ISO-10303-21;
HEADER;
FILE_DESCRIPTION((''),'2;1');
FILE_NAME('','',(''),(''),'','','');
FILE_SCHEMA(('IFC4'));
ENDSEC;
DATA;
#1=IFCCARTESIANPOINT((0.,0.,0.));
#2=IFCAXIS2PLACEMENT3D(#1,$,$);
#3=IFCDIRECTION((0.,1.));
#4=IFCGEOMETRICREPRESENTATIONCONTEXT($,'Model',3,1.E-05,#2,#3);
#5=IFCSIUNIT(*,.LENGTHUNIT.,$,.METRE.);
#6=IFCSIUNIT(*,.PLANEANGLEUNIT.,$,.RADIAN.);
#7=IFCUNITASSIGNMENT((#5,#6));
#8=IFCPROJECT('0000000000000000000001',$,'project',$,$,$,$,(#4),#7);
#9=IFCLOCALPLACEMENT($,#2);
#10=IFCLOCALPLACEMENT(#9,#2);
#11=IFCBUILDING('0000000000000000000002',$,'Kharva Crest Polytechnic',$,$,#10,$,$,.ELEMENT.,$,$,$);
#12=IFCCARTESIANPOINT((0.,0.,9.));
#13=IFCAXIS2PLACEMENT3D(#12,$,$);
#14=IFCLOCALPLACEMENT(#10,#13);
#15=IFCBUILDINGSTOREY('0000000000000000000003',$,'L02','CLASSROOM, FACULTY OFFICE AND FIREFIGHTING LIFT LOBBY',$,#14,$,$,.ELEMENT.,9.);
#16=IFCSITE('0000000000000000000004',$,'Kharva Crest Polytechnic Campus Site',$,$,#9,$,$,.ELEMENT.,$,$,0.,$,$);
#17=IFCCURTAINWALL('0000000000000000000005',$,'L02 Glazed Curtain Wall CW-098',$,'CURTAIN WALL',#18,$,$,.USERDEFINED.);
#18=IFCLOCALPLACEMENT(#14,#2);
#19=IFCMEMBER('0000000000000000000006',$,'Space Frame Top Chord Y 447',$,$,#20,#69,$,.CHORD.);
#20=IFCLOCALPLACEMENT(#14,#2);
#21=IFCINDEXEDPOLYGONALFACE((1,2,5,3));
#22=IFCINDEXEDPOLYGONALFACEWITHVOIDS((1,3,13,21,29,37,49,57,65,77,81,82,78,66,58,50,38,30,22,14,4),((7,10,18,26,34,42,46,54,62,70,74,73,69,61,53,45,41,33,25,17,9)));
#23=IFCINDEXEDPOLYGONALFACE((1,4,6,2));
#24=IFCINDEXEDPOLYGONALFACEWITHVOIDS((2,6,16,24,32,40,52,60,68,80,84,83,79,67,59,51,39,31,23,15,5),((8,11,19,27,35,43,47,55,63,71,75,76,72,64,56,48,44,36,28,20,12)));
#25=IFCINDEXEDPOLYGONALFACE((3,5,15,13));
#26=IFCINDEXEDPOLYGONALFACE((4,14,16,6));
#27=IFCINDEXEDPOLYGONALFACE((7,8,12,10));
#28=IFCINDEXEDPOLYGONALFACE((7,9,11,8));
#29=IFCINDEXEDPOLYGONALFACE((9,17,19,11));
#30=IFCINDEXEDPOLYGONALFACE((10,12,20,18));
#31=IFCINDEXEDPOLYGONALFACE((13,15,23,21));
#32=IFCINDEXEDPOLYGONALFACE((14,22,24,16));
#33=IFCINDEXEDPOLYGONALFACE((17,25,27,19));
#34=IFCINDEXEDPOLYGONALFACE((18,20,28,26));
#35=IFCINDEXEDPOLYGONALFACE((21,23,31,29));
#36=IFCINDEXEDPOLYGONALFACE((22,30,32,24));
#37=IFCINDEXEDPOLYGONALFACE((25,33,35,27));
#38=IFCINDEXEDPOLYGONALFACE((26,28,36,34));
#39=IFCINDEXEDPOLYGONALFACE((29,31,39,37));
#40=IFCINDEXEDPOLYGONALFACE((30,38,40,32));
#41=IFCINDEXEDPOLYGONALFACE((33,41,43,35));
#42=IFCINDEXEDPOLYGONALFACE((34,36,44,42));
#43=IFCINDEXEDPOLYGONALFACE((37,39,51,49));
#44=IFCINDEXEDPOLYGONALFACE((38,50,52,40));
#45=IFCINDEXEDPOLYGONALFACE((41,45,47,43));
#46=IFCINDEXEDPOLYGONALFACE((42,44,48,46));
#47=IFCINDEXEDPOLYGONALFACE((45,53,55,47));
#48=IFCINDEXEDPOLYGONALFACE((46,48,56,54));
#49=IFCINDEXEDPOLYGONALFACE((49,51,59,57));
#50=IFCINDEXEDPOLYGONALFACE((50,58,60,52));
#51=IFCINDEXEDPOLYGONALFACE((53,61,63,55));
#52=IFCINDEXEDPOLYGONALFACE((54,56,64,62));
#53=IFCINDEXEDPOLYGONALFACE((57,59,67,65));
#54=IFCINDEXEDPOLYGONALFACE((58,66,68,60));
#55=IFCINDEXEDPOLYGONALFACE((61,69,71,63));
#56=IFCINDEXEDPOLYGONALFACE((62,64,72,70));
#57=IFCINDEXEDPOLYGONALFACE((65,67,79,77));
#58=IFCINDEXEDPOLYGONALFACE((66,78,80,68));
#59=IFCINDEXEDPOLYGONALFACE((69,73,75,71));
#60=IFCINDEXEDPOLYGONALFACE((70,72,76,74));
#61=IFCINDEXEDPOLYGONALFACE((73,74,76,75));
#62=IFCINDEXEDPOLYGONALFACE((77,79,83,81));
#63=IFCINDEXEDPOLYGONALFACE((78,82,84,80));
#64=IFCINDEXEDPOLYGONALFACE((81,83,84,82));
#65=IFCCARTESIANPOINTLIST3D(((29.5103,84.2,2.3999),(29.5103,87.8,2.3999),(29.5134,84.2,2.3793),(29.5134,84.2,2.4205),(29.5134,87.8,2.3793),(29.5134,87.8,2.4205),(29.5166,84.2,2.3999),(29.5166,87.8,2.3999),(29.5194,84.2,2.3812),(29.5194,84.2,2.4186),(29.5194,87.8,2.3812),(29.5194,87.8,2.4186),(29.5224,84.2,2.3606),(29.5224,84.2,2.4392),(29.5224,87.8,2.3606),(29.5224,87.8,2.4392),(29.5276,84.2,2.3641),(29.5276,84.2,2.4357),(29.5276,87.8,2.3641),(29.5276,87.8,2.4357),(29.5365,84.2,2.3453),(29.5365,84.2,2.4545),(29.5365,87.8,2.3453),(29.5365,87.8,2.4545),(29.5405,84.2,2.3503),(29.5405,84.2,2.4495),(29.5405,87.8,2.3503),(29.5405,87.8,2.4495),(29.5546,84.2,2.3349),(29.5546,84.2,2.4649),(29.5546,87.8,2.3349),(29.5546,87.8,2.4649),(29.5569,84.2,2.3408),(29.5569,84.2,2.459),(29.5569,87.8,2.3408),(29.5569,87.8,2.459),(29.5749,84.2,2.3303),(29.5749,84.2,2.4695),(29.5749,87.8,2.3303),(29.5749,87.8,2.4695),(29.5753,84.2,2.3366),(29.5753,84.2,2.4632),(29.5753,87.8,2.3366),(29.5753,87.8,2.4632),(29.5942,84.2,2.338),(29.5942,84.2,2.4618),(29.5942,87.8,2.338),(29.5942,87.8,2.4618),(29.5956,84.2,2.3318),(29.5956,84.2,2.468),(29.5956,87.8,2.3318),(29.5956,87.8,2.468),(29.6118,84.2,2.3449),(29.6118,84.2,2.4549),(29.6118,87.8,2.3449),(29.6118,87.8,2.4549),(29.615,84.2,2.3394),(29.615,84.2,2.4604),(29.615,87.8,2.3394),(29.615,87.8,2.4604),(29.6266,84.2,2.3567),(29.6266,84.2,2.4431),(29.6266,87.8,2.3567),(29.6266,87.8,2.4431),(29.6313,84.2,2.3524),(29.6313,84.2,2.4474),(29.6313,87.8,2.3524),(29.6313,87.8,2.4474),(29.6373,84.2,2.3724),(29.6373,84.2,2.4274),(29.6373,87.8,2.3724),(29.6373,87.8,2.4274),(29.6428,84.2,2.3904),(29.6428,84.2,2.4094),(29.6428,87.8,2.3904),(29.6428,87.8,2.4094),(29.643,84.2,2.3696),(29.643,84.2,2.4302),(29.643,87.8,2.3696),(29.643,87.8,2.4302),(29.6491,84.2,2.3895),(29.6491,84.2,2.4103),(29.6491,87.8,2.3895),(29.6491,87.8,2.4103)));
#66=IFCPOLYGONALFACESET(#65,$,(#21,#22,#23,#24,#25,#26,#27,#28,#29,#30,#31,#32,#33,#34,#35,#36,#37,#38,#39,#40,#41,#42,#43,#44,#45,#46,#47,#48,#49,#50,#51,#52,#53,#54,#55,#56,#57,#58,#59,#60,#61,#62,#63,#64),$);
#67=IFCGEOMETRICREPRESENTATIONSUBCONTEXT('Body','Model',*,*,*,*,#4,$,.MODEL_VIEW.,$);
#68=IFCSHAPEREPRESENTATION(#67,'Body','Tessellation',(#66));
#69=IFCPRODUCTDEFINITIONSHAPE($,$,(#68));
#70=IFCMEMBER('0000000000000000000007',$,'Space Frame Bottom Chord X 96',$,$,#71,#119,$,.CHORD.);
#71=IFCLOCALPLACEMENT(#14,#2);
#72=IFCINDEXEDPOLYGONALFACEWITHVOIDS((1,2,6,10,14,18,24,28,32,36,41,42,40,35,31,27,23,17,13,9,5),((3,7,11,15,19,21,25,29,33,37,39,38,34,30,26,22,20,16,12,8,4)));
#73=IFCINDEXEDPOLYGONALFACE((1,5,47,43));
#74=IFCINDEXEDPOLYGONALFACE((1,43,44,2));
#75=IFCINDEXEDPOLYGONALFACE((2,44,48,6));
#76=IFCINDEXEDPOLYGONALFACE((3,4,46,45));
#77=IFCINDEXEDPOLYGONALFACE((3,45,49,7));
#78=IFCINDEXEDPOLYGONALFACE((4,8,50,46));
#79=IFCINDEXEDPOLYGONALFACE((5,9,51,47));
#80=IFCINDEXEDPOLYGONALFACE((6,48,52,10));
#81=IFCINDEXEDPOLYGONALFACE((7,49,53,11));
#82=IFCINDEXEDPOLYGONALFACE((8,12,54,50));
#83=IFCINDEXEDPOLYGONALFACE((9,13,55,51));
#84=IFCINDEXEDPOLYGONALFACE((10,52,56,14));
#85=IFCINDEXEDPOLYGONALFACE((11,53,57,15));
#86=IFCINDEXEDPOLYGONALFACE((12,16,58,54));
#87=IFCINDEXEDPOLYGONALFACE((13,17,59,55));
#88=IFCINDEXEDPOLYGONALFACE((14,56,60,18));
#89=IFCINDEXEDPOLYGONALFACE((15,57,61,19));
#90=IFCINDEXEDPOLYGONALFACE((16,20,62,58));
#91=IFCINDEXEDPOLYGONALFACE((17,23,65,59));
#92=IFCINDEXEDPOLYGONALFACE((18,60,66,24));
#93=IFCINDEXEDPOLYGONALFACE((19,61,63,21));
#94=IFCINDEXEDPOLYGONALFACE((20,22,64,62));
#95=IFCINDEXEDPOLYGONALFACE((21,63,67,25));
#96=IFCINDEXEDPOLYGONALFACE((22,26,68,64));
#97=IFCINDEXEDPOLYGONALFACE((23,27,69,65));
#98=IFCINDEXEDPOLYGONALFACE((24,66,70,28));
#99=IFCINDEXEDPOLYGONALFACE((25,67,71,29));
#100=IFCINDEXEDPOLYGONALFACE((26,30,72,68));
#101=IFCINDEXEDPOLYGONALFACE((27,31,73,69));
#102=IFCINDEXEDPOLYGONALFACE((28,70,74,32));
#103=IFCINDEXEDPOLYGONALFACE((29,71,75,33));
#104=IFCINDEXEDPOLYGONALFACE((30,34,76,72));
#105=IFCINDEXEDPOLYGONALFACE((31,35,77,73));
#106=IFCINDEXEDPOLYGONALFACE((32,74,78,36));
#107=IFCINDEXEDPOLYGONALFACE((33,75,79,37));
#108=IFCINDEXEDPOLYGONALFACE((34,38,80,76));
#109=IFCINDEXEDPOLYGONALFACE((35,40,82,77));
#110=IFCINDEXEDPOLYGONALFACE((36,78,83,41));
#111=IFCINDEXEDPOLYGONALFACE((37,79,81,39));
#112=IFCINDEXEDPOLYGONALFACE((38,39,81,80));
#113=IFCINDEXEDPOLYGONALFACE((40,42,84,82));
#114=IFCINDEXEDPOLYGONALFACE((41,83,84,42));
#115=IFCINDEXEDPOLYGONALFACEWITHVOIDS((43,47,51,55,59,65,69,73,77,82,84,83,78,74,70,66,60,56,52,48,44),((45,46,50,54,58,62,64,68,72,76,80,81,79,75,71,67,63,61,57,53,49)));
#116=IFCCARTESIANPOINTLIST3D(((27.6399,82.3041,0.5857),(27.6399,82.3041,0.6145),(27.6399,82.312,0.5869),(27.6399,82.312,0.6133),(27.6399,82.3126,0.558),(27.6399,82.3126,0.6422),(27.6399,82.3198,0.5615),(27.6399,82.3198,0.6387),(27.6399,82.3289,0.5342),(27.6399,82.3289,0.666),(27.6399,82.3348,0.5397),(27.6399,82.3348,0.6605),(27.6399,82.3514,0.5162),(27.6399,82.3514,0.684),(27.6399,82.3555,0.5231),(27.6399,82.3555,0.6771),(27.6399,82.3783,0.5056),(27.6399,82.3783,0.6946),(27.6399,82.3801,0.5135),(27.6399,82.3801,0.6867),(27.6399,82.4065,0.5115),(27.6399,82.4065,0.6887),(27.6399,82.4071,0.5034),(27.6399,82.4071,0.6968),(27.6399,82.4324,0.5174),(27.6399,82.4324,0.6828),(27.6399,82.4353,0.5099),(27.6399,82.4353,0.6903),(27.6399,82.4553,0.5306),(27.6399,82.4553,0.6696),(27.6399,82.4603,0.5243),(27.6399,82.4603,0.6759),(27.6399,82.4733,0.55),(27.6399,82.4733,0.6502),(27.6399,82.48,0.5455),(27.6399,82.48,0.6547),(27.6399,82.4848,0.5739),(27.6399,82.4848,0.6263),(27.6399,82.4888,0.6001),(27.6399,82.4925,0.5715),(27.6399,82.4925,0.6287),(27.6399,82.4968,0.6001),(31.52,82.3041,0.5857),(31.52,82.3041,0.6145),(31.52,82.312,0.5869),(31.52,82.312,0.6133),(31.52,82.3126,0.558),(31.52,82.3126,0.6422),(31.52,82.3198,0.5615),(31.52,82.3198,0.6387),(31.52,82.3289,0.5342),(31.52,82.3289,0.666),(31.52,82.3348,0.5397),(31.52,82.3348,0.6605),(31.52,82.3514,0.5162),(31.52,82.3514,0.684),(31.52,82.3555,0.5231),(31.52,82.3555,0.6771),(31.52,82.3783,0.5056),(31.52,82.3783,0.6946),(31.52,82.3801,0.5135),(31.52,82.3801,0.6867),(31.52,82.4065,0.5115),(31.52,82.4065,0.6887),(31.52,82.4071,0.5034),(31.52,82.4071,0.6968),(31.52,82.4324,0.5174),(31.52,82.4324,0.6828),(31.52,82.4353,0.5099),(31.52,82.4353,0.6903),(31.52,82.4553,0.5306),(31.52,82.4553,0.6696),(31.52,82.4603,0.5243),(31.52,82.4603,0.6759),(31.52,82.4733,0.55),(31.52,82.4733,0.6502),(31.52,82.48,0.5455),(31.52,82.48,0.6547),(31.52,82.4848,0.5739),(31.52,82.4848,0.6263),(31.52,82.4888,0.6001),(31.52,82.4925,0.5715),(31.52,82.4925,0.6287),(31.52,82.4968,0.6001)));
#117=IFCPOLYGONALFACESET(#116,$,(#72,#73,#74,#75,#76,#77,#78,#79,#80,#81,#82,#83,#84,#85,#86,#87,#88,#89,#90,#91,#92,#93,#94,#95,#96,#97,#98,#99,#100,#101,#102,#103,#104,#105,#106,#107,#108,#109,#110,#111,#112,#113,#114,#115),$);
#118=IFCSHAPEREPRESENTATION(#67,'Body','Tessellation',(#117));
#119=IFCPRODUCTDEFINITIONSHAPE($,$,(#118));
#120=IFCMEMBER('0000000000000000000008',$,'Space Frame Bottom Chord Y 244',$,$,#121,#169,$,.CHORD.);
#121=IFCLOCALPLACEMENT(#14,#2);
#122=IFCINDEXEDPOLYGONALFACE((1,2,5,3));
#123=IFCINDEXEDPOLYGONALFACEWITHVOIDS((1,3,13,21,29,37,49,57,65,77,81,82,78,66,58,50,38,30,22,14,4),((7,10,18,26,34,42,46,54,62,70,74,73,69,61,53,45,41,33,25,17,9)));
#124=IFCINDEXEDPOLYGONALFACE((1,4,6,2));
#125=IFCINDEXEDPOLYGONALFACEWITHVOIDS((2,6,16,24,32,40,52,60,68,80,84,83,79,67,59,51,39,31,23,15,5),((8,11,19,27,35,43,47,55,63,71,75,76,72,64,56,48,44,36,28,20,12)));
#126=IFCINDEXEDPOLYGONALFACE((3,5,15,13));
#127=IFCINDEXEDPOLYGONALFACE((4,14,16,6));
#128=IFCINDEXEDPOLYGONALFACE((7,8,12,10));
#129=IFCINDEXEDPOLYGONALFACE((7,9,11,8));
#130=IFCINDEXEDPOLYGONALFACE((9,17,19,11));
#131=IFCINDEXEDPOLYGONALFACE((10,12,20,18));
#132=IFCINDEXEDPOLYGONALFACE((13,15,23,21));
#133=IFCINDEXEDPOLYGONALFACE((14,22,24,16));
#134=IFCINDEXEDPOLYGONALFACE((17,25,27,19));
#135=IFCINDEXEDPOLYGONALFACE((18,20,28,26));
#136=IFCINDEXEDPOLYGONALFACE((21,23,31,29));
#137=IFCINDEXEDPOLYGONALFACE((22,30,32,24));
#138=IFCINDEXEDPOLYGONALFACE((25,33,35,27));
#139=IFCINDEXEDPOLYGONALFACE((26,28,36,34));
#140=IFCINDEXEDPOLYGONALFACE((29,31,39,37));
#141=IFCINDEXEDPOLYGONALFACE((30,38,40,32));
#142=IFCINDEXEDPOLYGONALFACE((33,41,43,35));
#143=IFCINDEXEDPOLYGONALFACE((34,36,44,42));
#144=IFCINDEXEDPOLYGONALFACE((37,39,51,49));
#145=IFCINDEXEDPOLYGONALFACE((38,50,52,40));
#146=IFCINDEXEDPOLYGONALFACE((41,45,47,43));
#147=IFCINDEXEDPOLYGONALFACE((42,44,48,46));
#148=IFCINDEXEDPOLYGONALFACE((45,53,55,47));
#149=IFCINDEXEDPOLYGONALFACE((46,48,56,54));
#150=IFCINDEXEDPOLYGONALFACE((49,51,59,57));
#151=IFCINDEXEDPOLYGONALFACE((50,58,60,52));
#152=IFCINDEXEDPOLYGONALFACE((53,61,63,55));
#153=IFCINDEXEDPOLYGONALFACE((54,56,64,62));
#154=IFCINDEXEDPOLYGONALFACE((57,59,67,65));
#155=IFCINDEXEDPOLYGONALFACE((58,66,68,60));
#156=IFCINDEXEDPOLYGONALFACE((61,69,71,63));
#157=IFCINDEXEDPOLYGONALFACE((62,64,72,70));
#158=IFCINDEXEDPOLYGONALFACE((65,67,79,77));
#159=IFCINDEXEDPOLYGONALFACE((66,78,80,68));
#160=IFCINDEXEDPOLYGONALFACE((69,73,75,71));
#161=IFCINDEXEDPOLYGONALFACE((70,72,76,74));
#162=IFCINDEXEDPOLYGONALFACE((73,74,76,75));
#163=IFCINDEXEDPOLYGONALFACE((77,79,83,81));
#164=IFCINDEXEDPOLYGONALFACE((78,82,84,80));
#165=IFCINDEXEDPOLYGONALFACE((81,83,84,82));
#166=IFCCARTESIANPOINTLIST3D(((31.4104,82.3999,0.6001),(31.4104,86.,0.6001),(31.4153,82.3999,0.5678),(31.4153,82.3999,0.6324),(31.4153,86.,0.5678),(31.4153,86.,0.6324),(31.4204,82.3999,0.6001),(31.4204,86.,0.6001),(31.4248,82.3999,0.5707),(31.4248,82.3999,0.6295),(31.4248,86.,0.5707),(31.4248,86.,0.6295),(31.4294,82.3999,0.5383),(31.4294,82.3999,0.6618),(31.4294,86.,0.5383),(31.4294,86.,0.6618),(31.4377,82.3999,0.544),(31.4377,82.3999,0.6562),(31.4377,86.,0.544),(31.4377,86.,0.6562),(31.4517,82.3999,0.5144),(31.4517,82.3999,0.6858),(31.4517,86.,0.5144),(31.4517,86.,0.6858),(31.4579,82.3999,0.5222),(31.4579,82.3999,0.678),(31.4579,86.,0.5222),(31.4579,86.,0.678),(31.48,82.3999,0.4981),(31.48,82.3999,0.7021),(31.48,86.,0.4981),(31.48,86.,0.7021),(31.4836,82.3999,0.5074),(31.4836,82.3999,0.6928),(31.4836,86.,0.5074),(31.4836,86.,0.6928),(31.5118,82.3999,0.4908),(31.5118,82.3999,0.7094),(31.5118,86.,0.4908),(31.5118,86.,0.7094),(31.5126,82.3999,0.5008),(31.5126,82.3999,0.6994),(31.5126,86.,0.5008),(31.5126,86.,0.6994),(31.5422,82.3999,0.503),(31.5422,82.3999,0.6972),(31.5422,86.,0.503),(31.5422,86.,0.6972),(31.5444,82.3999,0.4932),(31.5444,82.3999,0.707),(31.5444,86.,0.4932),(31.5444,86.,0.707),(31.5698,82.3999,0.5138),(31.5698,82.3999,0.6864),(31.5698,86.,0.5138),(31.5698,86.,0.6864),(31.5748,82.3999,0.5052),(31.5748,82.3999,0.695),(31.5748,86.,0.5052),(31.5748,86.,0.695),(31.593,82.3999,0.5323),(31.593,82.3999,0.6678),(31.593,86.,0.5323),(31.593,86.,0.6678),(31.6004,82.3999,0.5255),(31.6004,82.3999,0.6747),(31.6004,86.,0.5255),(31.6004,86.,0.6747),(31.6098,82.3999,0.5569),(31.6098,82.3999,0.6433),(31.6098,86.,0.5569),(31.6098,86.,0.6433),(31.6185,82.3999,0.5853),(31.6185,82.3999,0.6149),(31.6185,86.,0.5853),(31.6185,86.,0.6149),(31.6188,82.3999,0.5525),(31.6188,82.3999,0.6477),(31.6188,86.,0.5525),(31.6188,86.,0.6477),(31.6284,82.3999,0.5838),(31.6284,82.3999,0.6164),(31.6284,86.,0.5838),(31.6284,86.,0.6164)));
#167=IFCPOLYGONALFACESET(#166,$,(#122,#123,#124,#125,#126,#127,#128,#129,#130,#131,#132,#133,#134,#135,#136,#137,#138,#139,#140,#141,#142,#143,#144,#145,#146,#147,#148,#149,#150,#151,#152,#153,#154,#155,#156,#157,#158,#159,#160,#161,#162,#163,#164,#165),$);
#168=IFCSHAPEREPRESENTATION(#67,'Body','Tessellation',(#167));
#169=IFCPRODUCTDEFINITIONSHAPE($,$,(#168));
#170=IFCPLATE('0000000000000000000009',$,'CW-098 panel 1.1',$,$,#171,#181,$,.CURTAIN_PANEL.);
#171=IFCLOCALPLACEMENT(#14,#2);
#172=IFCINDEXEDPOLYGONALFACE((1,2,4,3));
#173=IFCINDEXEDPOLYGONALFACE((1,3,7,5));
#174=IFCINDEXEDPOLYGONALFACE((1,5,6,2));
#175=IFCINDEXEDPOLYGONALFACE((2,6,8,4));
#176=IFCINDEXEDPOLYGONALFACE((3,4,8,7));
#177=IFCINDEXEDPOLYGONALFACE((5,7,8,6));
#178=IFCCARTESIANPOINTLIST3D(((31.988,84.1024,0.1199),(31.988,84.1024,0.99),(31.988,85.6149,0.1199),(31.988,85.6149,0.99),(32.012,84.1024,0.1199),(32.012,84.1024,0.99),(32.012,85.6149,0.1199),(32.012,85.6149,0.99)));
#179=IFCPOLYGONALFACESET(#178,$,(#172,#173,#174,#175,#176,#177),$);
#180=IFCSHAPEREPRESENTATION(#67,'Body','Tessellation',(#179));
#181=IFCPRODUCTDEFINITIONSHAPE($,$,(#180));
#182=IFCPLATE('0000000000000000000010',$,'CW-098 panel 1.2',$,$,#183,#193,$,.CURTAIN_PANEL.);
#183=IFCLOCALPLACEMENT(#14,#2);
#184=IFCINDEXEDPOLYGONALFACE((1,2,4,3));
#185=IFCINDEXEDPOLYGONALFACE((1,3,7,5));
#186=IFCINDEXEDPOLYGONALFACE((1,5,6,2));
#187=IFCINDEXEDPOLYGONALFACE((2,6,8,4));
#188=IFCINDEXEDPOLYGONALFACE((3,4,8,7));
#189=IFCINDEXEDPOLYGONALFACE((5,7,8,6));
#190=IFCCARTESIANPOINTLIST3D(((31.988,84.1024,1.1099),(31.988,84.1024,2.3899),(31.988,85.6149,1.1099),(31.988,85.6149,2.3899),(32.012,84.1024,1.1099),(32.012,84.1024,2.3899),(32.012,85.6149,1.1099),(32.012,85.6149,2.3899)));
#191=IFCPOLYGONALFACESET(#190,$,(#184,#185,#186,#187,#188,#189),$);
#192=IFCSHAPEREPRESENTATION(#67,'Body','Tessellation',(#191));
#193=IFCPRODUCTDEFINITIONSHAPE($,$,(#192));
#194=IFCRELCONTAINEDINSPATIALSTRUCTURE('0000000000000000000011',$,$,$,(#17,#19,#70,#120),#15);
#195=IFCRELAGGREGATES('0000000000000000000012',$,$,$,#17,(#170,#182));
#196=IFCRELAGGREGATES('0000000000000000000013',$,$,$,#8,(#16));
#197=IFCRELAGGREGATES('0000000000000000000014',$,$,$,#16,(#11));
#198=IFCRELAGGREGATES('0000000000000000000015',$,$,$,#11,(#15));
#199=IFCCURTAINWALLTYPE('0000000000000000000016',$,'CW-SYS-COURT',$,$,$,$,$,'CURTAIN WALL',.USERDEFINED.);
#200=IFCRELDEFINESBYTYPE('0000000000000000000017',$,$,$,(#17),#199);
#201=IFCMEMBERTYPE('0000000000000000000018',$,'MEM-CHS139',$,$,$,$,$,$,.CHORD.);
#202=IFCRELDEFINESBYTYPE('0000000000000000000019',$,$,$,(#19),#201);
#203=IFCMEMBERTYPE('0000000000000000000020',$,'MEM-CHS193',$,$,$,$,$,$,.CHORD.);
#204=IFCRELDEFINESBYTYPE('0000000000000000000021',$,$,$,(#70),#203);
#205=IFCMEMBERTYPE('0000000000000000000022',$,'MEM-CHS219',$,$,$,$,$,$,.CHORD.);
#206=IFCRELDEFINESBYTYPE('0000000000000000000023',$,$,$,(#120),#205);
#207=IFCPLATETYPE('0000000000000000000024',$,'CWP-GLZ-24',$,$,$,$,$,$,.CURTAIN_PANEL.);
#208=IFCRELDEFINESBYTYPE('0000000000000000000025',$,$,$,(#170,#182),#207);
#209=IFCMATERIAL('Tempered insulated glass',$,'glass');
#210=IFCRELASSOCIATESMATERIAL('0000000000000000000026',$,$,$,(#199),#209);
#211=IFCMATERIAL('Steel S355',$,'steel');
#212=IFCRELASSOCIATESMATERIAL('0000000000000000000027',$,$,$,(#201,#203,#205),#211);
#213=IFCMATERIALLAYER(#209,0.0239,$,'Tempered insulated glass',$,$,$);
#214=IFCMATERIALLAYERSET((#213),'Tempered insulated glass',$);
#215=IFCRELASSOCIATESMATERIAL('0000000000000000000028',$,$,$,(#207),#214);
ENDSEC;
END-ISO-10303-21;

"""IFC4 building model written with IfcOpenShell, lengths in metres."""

from ifc_helpers import new_model, si_unit, direction, frame, origin, origin_2d, place, context, subcontext, project, spatial, rectangle, hollow_circle, extrude, material, layer, layer_set, material_profile, profile_set, type_object, element, aggregate, save


model = new_model("IFC4")

# Units and contexts
model_context = context("Model", 3, precision=1e-05, world=origin(), true_north=direction((0.0, 1.0)))
body_context = subcontext(model_context, "Body", "Model", "MODEL_VIEW")
ifc_project = project(units=[si_unit("LENGTHUNIT", "METRE"), si_unit("PLANEANGLEUNIT", "RADIAN")], contexts=[model_context])

# Site, building, storey
site_placement = place(None, origin())
site = spatial("IfcSite", under=ifc_project, at=site_placement, Name="Kharva Crest Polytechnic Campus Site", CompositionType="ELEMENT", RefElevation=0.0)
building_placement = place(site_placement, origin())
building = spatial("IfcBuilding", under=site, at=building_placement, Name="Kharva Crest Polytechnic", CompositionType="ELEMENT")
storey_placement = place(building_placement, frame((0.0, 0.0, 9.0)))
storey = spatial("IfcBuildingStorey", under=building, at=storey_placement, Name="L02", Description="CLASSROOM, FACULTY OFFICE AND FIREFIGHTING LIFT LOBBY", CompositionType="ELEMENT", Elevation=9.0)

# Shared definitions
ifc_material_1 = material(Name="Steel S355", Category="steel")

# Curtain wall
ifc_material_2 = material(Name="Tempered insulated glass", Category="glass")
curtain_wall_type = type_object("IfcCurtainWallType", Name="CW-SYS-COURT", ElementType="CURTAIN WALL", PredefinedType="USERDEFINED", material=ifc_material_2)
curtain_wall_placement = place(storey_placement, origin())
curtain_wall = element("IfcCurtainWall", 1, at=curtain_wall_placement, inside=storey, type_object=curtain_wall_type, Name="L02 Glazed Curtain Wall CW-098", ObjectType="CURTAIN WALL", PredefinedType="USERDEFINED")

# Members
ifc_material_profile_1 = material_profile(ifc_material_1, hollow_circle(Radius=0.0698, WallThickness=0.0063, at=origin_2d()), Name="CHS 139.7X6.3")
ifc_profile_set_1 = profile_set([ifc_material_profile_1], Name="Steel S355")
member_type_1 = type_object("IfcMemberType", Name="MEM-CHS139", PredefinedType="CHORD", material=ifc_profile_set_1)
for number, where, z_axis, x_axis, name in (
    (2, (29.5801, 84.2, 2.3999), (0.0, 1.0, 0.0), (-1.0, 0.0, 0.0), "Space Frame Top Chord Y 447"),
):
    element("IfcMember", number, at=place(storey_placement, frame(where, z_axis=z_axis, x_axis=x_axis)), inside=storey, type_object=member_type_1, Name=name, PredefinedType="CHORD", context=body_context, shape_type="SweptSolid", body=[
        extrude(hollow_circle(Radius=0.0698, WallThickness=0.0063, at=origin_2d()), origin(), (0.0, 0.0, 1.0), 3.6001),
    ])
ifc_material_profile_2 = material_profile(ifc_material_1, hollow_circle(Radius=0.0969, WallThickness=0.0081, at=origin_2d()), Name="CHS 193.7X8.0")
ifc_profile_set_2 = profile_set([ifc_material_profile_2], Name="Steel S355")
member_type_2 = type_object("IfcMemberType", Name="MEM-CHS193", PredefinedType="CHORD", material=ifc_profile_set_2)
member_1_placement = place(storey_placement, frame((27.6399, 82.3999, 0.6001), z_axis=(1.0, 0.0, 0.0), x_axis=(0.0, 1.0, 0.0)))
element("IfcMember", 3, at=member_1_placement, inside=storey, type_object=member_type_2, Name="Space Frame Bottom Chord X 96", PredefinedType="CHORD", context=body_context, shape_type="SweptSolid", body=[
    extrude(hollow_circle(Radius=0.0969, WallThickness=0.0081, at=origin_2d()), origin(), (0.0, 0.0, 1.0), 3.8801),
])
ifc_material_profile_3 = material_profile(ifc_material_1, hollow_circle(Radius=0.1096, WallThickness=0.01, at=origin_2d()), Name="CHS 219.1X10.0")
ifc_profile_set_3 = profile_set([ifc_material_profile_3], Name="Steel S355")
member_type_3 = type_object("IfcMemberType", Name="MEM-CHS219", PredefinedType="CHORD", material=ifc_profile_set_3)
member_2_placement = place(storey_placement, frame((31.52, 82.3999, 0.6001), z_axis=(0.0, 1.0, 0.0), x_axis=(-1.0, 0.0, 0.0)))
element("IfcMember", 4, at=member_2_placement, inside=storey, type_object=member_type_3, Name="Space Frame Bottom Chord Y 244", PredefinedType="CHORD", context=body_context, shape_type="SweptSolid", body=[
    extrude(hollow_circle(Radius=0.1096, WallThickness=0.01, at=origin_2d()), origin(), (0.0, 0.0, 1.0), 3.6001),
])

# Plates
ifc_layer = layer(ifc_material_2, 0.0239, Name="Tempered insulated glass")
ifc_layer_set = layer_set([ifc_layer], Name="Tempered insulated glass")
plate_type = type_object("IfcPlateType", Name="CWP-GLZ-24", PredefinedType="CURTAIN_PANEL", material=ifc_layer_set)
plate_1_placement = place(storey_placement, frame((32.0, 84.8586, 0.1199), z_axis=(0.0, 0.0, 1.0), x_axis=(0.0, -1.0, 0.0)))
plate_1 = element("IfcPlate", 5, at=plate_1_placement, type_object=plate_type, Name="CW-098 panel 1.1", PredefinedType="CURTAIN_PANEL", context=body_context, shape_type="SweptSolid", body=[
    extrude(rectangle(XDim=1.5125, YDim=0.0239, at=origin_2d()), origin(), (0.0, 0.0, 1.0), 0.8701),
])
plate_2_placement = place(storey_placement, frame((32.0, 84.8586, 1.1099), z_axis=(0.0, 0.0, 1.0), x_axis=(0.0, -1.0, 0.0)))
plate_2 = element("IfcPlate", 6, at=plate_2_placement, type_object=plate_type, Name="CW-098 panel 1.2", PredefinedType="CURTAIN_PANEL", context=body_context, shape_type="SweptSolid", body=[
    extrude(rectangle(XDim=1.5125, YDim=0.0239, at=origin_2d()), origin(), (0.0, 0.0, 1.0), 1.28),
])
aggregate(curtain_wall, [plate_1, plate_2])

save(model, "model.ifc")
